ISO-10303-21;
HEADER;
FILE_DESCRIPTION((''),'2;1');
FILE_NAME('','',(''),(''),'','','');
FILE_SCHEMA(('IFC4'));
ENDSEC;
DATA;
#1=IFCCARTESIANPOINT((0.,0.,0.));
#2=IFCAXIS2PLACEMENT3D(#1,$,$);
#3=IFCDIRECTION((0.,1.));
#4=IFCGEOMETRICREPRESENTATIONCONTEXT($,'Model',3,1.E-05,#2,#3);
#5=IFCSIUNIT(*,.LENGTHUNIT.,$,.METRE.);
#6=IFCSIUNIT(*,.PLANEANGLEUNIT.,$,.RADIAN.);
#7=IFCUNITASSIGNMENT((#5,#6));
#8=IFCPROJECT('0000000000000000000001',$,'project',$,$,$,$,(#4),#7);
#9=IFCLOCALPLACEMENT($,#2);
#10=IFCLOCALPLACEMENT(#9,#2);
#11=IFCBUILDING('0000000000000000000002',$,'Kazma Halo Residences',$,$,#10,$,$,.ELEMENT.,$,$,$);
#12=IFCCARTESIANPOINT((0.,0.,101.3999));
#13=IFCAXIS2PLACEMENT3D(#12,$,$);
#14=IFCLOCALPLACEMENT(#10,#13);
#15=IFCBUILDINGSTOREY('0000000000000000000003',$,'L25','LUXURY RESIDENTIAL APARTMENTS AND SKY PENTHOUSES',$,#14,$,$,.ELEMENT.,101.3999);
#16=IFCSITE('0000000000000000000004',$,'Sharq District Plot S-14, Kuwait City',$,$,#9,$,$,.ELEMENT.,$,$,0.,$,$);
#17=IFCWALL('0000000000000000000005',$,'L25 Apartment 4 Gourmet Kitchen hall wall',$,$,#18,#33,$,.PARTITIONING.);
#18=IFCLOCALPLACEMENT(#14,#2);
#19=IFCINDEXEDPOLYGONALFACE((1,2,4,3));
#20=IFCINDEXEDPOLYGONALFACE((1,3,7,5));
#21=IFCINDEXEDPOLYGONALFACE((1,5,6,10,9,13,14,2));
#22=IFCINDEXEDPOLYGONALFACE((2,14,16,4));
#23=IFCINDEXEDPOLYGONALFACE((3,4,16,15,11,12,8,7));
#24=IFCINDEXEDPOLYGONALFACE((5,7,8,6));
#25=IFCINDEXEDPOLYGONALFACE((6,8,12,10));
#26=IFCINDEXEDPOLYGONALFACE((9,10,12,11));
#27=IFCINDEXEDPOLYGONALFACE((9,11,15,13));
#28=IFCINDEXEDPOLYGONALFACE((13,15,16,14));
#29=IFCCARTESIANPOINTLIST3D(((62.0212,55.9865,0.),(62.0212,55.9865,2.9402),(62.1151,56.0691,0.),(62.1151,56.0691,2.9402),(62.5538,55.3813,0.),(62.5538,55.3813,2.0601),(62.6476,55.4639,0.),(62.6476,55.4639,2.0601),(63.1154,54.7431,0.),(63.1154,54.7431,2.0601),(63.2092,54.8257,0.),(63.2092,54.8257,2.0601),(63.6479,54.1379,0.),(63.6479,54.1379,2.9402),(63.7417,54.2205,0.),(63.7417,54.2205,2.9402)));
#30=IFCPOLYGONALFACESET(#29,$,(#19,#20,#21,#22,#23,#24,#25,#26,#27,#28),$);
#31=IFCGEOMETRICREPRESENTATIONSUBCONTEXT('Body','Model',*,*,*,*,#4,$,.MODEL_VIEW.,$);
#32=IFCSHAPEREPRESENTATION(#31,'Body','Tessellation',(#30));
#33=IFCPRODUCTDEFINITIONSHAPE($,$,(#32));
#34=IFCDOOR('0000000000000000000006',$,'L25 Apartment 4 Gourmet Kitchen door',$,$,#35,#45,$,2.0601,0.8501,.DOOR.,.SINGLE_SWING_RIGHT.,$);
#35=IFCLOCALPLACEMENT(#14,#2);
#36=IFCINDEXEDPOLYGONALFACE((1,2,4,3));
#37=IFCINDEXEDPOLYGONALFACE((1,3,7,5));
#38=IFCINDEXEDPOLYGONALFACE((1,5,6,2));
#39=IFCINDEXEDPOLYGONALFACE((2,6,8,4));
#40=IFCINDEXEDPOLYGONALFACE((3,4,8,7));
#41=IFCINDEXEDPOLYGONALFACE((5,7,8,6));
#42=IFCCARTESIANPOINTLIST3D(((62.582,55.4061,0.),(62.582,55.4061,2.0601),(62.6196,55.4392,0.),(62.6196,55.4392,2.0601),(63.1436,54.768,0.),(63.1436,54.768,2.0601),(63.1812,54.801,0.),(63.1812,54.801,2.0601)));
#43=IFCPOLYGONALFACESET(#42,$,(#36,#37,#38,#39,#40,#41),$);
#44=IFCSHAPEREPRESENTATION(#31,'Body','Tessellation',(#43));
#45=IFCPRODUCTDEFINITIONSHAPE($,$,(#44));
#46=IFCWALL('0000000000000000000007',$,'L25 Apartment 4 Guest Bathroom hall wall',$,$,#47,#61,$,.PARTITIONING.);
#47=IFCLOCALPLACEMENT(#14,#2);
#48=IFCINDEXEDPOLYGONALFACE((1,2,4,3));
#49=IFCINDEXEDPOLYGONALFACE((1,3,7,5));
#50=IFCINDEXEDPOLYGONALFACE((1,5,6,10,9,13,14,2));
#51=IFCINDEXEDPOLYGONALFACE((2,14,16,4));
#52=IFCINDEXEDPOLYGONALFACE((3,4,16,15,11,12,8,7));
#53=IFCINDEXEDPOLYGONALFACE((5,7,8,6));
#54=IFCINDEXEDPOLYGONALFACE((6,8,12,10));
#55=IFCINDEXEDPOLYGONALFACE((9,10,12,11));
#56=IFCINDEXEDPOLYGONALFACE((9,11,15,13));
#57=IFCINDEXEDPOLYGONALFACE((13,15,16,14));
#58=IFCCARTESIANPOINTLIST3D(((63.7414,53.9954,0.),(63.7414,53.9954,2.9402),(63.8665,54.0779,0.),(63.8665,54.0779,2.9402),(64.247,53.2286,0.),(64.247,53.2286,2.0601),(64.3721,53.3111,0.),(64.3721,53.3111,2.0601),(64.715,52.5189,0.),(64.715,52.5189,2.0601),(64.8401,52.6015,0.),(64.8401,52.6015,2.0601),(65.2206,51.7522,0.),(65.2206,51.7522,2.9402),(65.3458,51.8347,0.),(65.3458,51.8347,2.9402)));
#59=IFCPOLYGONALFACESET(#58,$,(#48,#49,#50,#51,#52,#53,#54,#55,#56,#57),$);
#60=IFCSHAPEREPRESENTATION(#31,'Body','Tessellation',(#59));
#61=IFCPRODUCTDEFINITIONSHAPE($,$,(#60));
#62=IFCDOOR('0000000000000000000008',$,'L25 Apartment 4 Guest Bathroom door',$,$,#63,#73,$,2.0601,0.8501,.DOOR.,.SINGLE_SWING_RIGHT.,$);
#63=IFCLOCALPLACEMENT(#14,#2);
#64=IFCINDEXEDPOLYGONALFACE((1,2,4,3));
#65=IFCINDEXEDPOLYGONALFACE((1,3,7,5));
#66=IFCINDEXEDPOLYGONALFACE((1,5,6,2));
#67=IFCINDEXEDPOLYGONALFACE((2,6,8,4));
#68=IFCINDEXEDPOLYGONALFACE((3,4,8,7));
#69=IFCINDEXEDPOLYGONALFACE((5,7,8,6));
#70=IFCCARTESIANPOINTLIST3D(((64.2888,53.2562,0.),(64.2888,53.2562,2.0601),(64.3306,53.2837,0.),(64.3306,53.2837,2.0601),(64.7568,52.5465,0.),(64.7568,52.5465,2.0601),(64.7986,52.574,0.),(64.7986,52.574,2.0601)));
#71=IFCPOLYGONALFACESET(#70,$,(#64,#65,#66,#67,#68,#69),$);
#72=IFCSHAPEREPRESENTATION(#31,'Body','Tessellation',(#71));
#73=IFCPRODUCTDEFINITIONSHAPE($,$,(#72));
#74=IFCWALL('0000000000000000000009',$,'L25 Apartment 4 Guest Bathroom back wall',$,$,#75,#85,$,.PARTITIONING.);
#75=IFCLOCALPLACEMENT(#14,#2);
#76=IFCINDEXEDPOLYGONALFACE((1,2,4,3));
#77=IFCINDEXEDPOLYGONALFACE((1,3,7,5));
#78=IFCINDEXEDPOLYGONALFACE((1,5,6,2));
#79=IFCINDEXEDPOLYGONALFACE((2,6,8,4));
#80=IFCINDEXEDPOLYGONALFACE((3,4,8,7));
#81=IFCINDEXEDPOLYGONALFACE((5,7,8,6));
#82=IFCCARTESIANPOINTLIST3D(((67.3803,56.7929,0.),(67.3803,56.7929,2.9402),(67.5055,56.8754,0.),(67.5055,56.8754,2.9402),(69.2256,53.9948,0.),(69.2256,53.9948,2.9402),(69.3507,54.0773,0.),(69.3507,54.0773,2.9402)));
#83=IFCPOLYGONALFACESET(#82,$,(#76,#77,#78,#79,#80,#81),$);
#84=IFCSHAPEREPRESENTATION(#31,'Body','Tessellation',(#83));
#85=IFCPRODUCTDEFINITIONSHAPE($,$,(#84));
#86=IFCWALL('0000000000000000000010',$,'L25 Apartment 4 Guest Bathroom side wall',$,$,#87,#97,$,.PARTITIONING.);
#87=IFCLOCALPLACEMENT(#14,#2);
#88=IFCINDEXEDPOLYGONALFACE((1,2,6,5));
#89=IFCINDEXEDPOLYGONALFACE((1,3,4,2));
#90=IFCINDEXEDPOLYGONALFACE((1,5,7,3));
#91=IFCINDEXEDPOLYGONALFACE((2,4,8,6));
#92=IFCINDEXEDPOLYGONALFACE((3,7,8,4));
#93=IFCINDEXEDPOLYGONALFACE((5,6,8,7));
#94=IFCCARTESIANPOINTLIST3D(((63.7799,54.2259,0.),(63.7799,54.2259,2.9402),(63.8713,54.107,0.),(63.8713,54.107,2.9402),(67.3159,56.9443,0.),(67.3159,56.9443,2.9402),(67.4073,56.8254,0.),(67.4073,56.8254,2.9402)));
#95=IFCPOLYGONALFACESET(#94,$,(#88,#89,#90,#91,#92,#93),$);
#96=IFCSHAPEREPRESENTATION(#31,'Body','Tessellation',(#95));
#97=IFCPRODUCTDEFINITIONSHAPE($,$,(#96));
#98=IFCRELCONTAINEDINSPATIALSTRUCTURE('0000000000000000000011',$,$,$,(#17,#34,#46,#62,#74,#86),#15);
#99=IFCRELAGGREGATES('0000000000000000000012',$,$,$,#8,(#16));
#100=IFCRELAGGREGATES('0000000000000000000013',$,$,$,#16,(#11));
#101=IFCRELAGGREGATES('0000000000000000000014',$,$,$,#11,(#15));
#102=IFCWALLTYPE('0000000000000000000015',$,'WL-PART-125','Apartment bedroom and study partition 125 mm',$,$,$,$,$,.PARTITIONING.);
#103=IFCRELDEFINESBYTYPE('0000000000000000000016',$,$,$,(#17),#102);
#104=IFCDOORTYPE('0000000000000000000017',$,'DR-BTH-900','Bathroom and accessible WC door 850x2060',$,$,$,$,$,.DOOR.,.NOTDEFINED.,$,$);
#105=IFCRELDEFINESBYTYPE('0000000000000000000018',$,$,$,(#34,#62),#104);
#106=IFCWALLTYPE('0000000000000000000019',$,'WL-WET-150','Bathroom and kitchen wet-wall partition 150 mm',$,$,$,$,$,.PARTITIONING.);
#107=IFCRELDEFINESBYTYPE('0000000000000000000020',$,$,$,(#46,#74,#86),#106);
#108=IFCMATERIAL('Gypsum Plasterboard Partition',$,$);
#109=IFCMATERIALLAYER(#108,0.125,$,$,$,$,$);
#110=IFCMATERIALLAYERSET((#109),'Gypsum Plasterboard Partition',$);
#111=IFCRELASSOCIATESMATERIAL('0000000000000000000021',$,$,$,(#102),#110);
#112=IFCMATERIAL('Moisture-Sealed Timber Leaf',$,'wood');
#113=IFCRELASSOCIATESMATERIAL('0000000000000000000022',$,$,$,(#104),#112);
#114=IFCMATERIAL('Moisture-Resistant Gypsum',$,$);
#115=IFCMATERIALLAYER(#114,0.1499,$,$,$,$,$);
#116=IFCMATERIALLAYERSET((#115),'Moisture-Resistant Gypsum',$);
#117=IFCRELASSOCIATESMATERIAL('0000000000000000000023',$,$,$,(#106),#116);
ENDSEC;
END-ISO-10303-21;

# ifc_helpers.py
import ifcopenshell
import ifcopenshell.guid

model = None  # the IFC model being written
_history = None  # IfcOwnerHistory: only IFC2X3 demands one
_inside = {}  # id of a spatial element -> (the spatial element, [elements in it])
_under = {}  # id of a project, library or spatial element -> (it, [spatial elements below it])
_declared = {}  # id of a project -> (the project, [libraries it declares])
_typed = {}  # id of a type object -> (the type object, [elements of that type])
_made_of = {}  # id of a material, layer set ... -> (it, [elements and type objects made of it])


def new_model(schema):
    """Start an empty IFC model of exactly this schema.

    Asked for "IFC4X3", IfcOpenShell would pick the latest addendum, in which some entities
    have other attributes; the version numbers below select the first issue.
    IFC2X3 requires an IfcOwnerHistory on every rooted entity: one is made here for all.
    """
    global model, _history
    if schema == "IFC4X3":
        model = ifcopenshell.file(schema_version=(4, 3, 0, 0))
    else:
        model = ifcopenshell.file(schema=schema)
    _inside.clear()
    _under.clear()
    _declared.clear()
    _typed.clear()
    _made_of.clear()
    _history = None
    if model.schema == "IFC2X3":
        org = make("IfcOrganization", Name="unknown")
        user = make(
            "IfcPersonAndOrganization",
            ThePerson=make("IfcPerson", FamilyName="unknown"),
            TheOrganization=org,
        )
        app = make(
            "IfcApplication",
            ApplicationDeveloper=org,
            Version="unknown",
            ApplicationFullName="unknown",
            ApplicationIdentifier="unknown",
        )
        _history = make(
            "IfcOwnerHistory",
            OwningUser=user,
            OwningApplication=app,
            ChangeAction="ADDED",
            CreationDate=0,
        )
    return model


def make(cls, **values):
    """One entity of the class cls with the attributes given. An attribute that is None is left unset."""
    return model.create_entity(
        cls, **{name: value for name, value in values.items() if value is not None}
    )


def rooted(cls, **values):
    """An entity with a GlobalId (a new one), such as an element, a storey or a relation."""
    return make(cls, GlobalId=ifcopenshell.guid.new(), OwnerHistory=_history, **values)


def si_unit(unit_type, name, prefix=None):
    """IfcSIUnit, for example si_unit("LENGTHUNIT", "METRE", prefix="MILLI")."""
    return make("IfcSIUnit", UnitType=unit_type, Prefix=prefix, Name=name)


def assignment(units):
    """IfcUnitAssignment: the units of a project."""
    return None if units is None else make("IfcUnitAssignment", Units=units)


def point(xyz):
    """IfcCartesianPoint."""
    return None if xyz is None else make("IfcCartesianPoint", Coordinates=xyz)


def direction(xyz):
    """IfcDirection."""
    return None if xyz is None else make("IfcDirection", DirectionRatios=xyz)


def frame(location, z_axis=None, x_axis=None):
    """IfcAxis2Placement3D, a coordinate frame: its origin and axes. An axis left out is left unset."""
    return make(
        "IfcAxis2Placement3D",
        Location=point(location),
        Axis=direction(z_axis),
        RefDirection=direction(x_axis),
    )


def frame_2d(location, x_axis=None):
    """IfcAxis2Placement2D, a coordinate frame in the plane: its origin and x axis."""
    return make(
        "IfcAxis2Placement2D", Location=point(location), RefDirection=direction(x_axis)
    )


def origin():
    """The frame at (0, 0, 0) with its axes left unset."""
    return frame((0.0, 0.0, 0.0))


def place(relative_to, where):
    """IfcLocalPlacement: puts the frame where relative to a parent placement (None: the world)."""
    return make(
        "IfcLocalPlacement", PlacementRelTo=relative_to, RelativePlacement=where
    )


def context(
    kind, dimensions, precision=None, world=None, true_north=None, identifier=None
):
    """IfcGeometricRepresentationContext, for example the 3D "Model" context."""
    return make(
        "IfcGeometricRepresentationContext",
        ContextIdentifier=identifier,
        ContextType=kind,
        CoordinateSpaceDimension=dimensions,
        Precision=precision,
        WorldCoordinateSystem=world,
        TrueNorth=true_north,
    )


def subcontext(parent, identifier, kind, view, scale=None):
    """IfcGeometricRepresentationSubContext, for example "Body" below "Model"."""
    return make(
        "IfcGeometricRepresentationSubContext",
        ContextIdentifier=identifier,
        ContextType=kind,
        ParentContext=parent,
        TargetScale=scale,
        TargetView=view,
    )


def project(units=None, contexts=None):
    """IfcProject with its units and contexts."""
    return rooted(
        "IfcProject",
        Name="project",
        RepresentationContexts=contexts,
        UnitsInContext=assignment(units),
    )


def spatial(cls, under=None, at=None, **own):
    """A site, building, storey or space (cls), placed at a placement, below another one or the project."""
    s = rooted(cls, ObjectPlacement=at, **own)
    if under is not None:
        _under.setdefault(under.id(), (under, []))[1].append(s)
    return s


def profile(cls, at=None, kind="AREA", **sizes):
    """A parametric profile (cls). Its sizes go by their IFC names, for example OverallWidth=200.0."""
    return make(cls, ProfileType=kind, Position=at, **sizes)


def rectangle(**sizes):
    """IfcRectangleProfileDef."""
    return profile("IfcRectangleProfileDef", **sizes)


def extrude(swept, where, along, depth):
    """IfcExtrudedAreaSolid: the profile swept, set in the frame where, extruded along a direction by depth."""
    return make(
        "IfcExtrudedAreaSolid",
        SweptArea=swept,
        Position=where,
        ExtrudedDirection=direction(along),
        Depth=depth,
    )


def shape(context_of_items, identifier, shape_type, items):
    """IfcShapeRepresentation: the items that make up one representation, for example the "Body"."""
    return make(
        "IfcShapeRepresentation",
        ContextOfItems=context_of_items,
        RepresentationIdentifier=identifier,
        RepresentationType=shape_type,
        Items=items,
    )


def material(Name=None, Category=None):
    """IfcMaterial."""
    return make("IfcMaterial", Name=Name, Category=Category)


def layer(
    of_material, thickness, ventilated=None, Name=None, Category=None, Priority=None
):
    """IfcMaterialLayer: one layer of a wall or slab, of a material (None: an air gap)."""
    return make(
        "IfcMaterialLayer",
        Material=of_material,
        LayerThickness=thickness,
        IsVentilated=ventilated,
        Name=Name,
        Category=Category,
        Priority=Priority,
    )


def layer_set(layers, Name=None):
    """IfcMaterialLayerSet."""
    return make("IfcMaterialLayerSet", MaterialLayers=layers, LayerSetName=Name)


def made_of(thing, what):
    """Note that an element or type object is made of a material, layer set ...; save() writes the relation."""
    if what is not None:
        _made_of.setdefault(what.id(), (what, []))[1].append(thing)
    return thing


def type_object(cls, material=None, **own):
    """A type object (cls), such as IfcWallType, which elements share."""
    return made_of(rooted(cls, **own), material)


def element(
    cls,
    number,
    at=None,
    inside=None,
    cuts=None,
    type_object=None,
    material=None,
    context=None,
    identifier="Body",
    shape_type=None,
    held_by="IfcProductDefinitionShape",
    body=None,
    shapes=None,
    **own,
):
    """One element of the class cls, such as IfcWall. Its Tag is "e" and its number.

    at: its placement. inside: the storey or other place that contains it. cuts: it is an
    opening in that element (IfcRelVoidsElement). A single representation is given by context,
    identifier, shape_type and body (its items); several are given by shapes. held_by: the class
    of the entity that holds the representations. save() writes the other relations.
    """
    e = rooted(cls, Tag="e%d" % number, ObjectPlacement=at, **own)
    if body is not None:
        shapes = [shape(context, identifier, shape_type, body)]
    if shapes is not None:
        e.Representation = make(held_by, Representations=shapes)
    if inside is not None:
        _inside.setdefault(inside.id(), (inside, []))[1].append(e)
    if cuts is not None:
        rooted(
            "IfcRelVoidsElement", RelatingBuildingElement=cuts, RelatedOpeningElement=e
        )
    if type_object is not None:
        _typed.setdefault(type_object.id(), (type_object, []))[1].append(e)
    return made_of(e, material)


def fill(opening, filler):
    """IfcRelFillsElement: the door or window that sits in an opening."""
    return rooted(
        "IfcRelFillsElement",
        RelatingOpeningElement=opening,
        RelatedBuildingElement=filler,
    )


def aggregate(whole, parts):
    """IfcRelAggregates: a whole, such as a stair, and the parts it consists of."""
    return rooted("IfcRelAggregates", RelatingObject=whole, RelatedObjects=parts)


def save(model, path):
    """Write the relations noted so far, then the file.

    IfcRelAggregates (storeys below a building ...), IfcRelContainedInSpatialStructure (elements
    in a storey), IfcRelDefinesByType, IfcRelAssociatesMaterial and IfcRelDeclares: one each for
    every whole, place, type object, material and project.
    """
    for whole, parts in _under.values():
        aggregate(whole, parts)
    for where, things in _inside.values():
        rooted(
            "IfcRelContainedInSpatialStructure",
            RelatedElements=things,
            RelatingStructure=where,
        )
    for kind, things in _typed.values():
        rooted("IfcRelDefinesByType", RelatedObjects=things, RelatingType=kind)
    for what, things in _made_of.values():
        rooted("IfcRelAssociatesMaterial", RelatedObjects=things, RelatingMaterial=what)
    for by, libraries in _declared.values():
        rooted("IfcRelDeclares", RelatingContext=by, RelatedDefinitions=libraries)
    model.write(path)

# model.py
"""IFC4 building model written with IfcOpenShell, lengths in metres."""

from ifc_helpers import new_model, si_unit, direction, frame, frame_2d, origin, place, context, subcontext, project, spatial, rectangle, extrude, material, layer, layer_set, type_object, element, fill, save


model = new_model("IFC4")

# Units and contexts
model_context = context("Model", 3, precision=1e-05, world=origin(), true_north=direction((0.0, 1.0)))
body_context = subcontext(model_context, "Body", "Model", "MODEL_VIEW")
ifc_project = project(units=[si_unit("LENGTHUNIT", "METRE"), si_unit("PLANEANGLEUNIT", "RADIAN")], contexts=[model_context])

# Site, building, storey
site_placement = place(None, origin())
site = spatial("IfcSite", under=ifc_project, at=site_placement, Name="Sharq District Plot S-14, Kuwait City", CompositionType="ELEMENT", RefElevation=0.0)
building_placement = place(site_placement, origin())
building = spatial("IfcBuilding", under=site, at=building_placement, Name="Kazma Halo Residences", CompositionType="ELEMENT")
storey_placement = place(building_placement, frame((0.0, 0.0, 101.3999)))
storey = spatial("IfcBuildingStorey", under=building, at=storey_placement, Name="L25", Description="LUXURY RESIDENTIAL APARTMENTS AND SKY PENTHOUSES", CompositionType="ELEMENT", Elevation=101.3999)

# Shared definitions
ifc_material_1 = material(Name="Gypsum Plasterboard Partition")
ifc_layer_1 = layer(ifc_material_1, 0.125)
ifc_layer_set_1 = layer_set([ifc_layer_1], Name="Gypsum Plasterboard Partition")
wall_type_1 = type_object("IfcWallType", Name="WL-PART-125", Description="Apartment bedroom and study partition 125 mm", PredefinedType="PARTITIONING", material=ifc_layer_set_1)

# Walls, openings, doors
wall_1_placement = place(storey_placement, frame((63.6948, 54.1792, 0.0), z_axis=(0.0, 0.0, 1.0), x_axis=(-0.660608, 0.750731, 0.0)))
wall_1 = element("IfcWall", 1, at=wall_1_placement, inside=storey, type_object=wall_type_1, Name="L25 Apartment 4 Gourmet Kitchen hall wall", PredefinedType="PARTITIONING", context=body_context, shape_type="SweptSolid", body=[
    extrude(rectangle(XDim=2.4624, YDim=0.125, at=frame_2d((1.2312, 0.0))), origin(), (0.0, 0.0, 1.0), 2.9402),
])
opening_1_placement = place(wall_1_placement, frame((0.8062, 0.0, 0.0)))
opening_1 = element("IfcOpeningElement", 2, at=opening_1_placement, cuts=wall_1, PredefinedType="OPENING", context=body_context, shape_type="SweptSolid", body=[
    extrude(rectangle(XDim=0.8501, YDim=2.0601, at=frame_2d((0.425, 1.03))), frame((0.0, 0.0725, 0.0), z_axis=(0.0, -1.0, 0.0), x_axis=(1.0, 0.0, 0.0)), (0.0, 0.0, 1.0), 0.145),
])
ifc_material_2 = material(Name="Moisture-Sealed Timber Leaf", Category="wood")
door_type_1 = type_object("IfcDoorType", Name="DR-BTH-900", Description="Bathroom and accessible WC door 850x2060", OperationType="NOTDEFINED", PredefinedType="DOOR", material=ifc_material_2)
door_1_placement = place(opening_1_placement, origin())
door_1 = element("IfcDoor", 3, at=door_1_placement, inside=storey, type_object=door_type_1, Name="L25 Apartment 4 Gourmet Kitchen door", OperationType="SINGLE_SWING_RIGHT", OverallHeight=2.0601, OverallWidth=0.8501, PredefinedType="DOOR", context=body_context, shape_type="SweptSolid", body=[
    extrude(rectangle(XDim=0.8501, YDim=2.0601, at=frame_2d((0.425, 1.03))), frame((0.0, 0.0249, 0.0), z_axis=(0.0, -1.0, 0.0), x_axis=(1.0, 0.0, 0.0)), (0.0, 0.0, 1.0), 0.05),
])
fill(opening_1, door_1)
ifc_material_3 = material(Name="Moisture-Resistant Gypsum")
ifc_layer_2 = layer(ifc_material_3, 0.1499)
ifc_layer_set_2 = layer_set([ifc_layer_2], Name="Moisture-Resistant Gypsum")
wall_type_2 = type_object("IfcWallType", Name="WL-WET-150", Description="Bathroom and kitchen wet-wall partition 150 mm", PredefinedType="PARTITIONING", material=ifc_layer_set_2)
wall_2_placement = place(storey_placement, frame((65.2832, 51.7935, 0.0), z_axis=(0.0, 0.0, 1.0), x_axis=(-0.550521, 0.834822, 0.0)))
wall_2 = element("IfcWall", 4, at=wall_2_placement, inside=storey, type_object=wall_type_2, Name="L25 Apartment 4 Guest Bathroom hall wall", PredefinedType="PARTITIONING", context=body_context, shape_type="SweptSolid", body=[
    extrude(rectangle(XDim=2.687, YDim=0.1499, at=frame_2d((1.3435, 0.0))), origin(), (0.0, 0.0, 1.0), 2.9402),
])
opening_2_placement = place(wall_2_placement, frame((0.9185, 0.0, 0.0)))
opening_2 = element("IfcOpeningElement", 5, at=opening_2_placement, cuts=wall_2, PredefinedType="OPENING", context=body_context, shape_type="SweptSolid", body=[
    extrude(rectangle(XDim=0.8501, YDim=2.0601, at=frame_2d((0.425, 1.03))), frame((0.0, 0.085, 0.0), z_axis=(0.0, -1.0, 0.0), x_axis=(1.0, 0.0, 0.0)), (0.0, 0.0, 1.0), 0.1699),
])
door_2_placement = place(opening_2_placement, origin())
door_2 = element("IfcDoor", 6, at=door_2_placement, inside=storey, type_object=door_type_1, Name="L25 Apartment 4 Guest Bathroom door", OperationType="SINGLE_SWING_RIGHT", OverallHeight=2.0601, OverallWidth=0.8501, PredefinedType="DOOR", context=body_context, shape_type="SweptSolid", body=[
    extrude(rectangle(XDim=0.8501, YDim=2.0601, at=frame_2d((0.425, 1.03))), frame((0.0, 0.0249, 0.0), z_axis=(0.0, -1.0, 0.0), x_axis=(1.0, 0.0, 0.0)), (0.0, 0.0, 1.0), 0.05),
])
fill(opening_2, door_2)

# Walls
wall_3_placement = place(storey_placement, frame((69.2881, 54.0361, 0.0), z_axis=(0.0, 0.0, 1.0), x_axis=(-0.550525, 0.834819, 0.0)))
element("IfcWall", 7, at=wall_3_placement, inside=storey, type_object=wall_type_2, Name="L25 Apartment 4 Guest Bathroom back wall", PredefinedType="PARTITIONING", context=body_context, shape_type="SweptSolid", body=[
    extrude(rectangle(XDim=3.3518, YDim=0.1499, at=frame_2d((1.6758, 0.0))), origin(), (0.0, 0.0, 1.0), 2.9402),
])
wall_4_placement = place(storey_placement, frame((63.8257, 54.1665, 0.0), z_axis=(0.0, 0.0, 1.0), x_axis=(0.792797, 0.609486, 0.0)))
element("IfcWall", 8, at=wall_4_placement, inside=storey, type_object=wall_type_2, Name="L25 Apartment 4 Guest Bathroom side wall", PredefinedType="PARTITIONING", context=body_context, shape_type="SweptSolid", body=[
    extrude(rectangle(XDim=4.4602, YDim=0.1499, at=frame_2d((2.23, 0.0))), origin(), (0.0, 0.0, 1.0), 2.9402),
])

save(model, "model.ifc")
